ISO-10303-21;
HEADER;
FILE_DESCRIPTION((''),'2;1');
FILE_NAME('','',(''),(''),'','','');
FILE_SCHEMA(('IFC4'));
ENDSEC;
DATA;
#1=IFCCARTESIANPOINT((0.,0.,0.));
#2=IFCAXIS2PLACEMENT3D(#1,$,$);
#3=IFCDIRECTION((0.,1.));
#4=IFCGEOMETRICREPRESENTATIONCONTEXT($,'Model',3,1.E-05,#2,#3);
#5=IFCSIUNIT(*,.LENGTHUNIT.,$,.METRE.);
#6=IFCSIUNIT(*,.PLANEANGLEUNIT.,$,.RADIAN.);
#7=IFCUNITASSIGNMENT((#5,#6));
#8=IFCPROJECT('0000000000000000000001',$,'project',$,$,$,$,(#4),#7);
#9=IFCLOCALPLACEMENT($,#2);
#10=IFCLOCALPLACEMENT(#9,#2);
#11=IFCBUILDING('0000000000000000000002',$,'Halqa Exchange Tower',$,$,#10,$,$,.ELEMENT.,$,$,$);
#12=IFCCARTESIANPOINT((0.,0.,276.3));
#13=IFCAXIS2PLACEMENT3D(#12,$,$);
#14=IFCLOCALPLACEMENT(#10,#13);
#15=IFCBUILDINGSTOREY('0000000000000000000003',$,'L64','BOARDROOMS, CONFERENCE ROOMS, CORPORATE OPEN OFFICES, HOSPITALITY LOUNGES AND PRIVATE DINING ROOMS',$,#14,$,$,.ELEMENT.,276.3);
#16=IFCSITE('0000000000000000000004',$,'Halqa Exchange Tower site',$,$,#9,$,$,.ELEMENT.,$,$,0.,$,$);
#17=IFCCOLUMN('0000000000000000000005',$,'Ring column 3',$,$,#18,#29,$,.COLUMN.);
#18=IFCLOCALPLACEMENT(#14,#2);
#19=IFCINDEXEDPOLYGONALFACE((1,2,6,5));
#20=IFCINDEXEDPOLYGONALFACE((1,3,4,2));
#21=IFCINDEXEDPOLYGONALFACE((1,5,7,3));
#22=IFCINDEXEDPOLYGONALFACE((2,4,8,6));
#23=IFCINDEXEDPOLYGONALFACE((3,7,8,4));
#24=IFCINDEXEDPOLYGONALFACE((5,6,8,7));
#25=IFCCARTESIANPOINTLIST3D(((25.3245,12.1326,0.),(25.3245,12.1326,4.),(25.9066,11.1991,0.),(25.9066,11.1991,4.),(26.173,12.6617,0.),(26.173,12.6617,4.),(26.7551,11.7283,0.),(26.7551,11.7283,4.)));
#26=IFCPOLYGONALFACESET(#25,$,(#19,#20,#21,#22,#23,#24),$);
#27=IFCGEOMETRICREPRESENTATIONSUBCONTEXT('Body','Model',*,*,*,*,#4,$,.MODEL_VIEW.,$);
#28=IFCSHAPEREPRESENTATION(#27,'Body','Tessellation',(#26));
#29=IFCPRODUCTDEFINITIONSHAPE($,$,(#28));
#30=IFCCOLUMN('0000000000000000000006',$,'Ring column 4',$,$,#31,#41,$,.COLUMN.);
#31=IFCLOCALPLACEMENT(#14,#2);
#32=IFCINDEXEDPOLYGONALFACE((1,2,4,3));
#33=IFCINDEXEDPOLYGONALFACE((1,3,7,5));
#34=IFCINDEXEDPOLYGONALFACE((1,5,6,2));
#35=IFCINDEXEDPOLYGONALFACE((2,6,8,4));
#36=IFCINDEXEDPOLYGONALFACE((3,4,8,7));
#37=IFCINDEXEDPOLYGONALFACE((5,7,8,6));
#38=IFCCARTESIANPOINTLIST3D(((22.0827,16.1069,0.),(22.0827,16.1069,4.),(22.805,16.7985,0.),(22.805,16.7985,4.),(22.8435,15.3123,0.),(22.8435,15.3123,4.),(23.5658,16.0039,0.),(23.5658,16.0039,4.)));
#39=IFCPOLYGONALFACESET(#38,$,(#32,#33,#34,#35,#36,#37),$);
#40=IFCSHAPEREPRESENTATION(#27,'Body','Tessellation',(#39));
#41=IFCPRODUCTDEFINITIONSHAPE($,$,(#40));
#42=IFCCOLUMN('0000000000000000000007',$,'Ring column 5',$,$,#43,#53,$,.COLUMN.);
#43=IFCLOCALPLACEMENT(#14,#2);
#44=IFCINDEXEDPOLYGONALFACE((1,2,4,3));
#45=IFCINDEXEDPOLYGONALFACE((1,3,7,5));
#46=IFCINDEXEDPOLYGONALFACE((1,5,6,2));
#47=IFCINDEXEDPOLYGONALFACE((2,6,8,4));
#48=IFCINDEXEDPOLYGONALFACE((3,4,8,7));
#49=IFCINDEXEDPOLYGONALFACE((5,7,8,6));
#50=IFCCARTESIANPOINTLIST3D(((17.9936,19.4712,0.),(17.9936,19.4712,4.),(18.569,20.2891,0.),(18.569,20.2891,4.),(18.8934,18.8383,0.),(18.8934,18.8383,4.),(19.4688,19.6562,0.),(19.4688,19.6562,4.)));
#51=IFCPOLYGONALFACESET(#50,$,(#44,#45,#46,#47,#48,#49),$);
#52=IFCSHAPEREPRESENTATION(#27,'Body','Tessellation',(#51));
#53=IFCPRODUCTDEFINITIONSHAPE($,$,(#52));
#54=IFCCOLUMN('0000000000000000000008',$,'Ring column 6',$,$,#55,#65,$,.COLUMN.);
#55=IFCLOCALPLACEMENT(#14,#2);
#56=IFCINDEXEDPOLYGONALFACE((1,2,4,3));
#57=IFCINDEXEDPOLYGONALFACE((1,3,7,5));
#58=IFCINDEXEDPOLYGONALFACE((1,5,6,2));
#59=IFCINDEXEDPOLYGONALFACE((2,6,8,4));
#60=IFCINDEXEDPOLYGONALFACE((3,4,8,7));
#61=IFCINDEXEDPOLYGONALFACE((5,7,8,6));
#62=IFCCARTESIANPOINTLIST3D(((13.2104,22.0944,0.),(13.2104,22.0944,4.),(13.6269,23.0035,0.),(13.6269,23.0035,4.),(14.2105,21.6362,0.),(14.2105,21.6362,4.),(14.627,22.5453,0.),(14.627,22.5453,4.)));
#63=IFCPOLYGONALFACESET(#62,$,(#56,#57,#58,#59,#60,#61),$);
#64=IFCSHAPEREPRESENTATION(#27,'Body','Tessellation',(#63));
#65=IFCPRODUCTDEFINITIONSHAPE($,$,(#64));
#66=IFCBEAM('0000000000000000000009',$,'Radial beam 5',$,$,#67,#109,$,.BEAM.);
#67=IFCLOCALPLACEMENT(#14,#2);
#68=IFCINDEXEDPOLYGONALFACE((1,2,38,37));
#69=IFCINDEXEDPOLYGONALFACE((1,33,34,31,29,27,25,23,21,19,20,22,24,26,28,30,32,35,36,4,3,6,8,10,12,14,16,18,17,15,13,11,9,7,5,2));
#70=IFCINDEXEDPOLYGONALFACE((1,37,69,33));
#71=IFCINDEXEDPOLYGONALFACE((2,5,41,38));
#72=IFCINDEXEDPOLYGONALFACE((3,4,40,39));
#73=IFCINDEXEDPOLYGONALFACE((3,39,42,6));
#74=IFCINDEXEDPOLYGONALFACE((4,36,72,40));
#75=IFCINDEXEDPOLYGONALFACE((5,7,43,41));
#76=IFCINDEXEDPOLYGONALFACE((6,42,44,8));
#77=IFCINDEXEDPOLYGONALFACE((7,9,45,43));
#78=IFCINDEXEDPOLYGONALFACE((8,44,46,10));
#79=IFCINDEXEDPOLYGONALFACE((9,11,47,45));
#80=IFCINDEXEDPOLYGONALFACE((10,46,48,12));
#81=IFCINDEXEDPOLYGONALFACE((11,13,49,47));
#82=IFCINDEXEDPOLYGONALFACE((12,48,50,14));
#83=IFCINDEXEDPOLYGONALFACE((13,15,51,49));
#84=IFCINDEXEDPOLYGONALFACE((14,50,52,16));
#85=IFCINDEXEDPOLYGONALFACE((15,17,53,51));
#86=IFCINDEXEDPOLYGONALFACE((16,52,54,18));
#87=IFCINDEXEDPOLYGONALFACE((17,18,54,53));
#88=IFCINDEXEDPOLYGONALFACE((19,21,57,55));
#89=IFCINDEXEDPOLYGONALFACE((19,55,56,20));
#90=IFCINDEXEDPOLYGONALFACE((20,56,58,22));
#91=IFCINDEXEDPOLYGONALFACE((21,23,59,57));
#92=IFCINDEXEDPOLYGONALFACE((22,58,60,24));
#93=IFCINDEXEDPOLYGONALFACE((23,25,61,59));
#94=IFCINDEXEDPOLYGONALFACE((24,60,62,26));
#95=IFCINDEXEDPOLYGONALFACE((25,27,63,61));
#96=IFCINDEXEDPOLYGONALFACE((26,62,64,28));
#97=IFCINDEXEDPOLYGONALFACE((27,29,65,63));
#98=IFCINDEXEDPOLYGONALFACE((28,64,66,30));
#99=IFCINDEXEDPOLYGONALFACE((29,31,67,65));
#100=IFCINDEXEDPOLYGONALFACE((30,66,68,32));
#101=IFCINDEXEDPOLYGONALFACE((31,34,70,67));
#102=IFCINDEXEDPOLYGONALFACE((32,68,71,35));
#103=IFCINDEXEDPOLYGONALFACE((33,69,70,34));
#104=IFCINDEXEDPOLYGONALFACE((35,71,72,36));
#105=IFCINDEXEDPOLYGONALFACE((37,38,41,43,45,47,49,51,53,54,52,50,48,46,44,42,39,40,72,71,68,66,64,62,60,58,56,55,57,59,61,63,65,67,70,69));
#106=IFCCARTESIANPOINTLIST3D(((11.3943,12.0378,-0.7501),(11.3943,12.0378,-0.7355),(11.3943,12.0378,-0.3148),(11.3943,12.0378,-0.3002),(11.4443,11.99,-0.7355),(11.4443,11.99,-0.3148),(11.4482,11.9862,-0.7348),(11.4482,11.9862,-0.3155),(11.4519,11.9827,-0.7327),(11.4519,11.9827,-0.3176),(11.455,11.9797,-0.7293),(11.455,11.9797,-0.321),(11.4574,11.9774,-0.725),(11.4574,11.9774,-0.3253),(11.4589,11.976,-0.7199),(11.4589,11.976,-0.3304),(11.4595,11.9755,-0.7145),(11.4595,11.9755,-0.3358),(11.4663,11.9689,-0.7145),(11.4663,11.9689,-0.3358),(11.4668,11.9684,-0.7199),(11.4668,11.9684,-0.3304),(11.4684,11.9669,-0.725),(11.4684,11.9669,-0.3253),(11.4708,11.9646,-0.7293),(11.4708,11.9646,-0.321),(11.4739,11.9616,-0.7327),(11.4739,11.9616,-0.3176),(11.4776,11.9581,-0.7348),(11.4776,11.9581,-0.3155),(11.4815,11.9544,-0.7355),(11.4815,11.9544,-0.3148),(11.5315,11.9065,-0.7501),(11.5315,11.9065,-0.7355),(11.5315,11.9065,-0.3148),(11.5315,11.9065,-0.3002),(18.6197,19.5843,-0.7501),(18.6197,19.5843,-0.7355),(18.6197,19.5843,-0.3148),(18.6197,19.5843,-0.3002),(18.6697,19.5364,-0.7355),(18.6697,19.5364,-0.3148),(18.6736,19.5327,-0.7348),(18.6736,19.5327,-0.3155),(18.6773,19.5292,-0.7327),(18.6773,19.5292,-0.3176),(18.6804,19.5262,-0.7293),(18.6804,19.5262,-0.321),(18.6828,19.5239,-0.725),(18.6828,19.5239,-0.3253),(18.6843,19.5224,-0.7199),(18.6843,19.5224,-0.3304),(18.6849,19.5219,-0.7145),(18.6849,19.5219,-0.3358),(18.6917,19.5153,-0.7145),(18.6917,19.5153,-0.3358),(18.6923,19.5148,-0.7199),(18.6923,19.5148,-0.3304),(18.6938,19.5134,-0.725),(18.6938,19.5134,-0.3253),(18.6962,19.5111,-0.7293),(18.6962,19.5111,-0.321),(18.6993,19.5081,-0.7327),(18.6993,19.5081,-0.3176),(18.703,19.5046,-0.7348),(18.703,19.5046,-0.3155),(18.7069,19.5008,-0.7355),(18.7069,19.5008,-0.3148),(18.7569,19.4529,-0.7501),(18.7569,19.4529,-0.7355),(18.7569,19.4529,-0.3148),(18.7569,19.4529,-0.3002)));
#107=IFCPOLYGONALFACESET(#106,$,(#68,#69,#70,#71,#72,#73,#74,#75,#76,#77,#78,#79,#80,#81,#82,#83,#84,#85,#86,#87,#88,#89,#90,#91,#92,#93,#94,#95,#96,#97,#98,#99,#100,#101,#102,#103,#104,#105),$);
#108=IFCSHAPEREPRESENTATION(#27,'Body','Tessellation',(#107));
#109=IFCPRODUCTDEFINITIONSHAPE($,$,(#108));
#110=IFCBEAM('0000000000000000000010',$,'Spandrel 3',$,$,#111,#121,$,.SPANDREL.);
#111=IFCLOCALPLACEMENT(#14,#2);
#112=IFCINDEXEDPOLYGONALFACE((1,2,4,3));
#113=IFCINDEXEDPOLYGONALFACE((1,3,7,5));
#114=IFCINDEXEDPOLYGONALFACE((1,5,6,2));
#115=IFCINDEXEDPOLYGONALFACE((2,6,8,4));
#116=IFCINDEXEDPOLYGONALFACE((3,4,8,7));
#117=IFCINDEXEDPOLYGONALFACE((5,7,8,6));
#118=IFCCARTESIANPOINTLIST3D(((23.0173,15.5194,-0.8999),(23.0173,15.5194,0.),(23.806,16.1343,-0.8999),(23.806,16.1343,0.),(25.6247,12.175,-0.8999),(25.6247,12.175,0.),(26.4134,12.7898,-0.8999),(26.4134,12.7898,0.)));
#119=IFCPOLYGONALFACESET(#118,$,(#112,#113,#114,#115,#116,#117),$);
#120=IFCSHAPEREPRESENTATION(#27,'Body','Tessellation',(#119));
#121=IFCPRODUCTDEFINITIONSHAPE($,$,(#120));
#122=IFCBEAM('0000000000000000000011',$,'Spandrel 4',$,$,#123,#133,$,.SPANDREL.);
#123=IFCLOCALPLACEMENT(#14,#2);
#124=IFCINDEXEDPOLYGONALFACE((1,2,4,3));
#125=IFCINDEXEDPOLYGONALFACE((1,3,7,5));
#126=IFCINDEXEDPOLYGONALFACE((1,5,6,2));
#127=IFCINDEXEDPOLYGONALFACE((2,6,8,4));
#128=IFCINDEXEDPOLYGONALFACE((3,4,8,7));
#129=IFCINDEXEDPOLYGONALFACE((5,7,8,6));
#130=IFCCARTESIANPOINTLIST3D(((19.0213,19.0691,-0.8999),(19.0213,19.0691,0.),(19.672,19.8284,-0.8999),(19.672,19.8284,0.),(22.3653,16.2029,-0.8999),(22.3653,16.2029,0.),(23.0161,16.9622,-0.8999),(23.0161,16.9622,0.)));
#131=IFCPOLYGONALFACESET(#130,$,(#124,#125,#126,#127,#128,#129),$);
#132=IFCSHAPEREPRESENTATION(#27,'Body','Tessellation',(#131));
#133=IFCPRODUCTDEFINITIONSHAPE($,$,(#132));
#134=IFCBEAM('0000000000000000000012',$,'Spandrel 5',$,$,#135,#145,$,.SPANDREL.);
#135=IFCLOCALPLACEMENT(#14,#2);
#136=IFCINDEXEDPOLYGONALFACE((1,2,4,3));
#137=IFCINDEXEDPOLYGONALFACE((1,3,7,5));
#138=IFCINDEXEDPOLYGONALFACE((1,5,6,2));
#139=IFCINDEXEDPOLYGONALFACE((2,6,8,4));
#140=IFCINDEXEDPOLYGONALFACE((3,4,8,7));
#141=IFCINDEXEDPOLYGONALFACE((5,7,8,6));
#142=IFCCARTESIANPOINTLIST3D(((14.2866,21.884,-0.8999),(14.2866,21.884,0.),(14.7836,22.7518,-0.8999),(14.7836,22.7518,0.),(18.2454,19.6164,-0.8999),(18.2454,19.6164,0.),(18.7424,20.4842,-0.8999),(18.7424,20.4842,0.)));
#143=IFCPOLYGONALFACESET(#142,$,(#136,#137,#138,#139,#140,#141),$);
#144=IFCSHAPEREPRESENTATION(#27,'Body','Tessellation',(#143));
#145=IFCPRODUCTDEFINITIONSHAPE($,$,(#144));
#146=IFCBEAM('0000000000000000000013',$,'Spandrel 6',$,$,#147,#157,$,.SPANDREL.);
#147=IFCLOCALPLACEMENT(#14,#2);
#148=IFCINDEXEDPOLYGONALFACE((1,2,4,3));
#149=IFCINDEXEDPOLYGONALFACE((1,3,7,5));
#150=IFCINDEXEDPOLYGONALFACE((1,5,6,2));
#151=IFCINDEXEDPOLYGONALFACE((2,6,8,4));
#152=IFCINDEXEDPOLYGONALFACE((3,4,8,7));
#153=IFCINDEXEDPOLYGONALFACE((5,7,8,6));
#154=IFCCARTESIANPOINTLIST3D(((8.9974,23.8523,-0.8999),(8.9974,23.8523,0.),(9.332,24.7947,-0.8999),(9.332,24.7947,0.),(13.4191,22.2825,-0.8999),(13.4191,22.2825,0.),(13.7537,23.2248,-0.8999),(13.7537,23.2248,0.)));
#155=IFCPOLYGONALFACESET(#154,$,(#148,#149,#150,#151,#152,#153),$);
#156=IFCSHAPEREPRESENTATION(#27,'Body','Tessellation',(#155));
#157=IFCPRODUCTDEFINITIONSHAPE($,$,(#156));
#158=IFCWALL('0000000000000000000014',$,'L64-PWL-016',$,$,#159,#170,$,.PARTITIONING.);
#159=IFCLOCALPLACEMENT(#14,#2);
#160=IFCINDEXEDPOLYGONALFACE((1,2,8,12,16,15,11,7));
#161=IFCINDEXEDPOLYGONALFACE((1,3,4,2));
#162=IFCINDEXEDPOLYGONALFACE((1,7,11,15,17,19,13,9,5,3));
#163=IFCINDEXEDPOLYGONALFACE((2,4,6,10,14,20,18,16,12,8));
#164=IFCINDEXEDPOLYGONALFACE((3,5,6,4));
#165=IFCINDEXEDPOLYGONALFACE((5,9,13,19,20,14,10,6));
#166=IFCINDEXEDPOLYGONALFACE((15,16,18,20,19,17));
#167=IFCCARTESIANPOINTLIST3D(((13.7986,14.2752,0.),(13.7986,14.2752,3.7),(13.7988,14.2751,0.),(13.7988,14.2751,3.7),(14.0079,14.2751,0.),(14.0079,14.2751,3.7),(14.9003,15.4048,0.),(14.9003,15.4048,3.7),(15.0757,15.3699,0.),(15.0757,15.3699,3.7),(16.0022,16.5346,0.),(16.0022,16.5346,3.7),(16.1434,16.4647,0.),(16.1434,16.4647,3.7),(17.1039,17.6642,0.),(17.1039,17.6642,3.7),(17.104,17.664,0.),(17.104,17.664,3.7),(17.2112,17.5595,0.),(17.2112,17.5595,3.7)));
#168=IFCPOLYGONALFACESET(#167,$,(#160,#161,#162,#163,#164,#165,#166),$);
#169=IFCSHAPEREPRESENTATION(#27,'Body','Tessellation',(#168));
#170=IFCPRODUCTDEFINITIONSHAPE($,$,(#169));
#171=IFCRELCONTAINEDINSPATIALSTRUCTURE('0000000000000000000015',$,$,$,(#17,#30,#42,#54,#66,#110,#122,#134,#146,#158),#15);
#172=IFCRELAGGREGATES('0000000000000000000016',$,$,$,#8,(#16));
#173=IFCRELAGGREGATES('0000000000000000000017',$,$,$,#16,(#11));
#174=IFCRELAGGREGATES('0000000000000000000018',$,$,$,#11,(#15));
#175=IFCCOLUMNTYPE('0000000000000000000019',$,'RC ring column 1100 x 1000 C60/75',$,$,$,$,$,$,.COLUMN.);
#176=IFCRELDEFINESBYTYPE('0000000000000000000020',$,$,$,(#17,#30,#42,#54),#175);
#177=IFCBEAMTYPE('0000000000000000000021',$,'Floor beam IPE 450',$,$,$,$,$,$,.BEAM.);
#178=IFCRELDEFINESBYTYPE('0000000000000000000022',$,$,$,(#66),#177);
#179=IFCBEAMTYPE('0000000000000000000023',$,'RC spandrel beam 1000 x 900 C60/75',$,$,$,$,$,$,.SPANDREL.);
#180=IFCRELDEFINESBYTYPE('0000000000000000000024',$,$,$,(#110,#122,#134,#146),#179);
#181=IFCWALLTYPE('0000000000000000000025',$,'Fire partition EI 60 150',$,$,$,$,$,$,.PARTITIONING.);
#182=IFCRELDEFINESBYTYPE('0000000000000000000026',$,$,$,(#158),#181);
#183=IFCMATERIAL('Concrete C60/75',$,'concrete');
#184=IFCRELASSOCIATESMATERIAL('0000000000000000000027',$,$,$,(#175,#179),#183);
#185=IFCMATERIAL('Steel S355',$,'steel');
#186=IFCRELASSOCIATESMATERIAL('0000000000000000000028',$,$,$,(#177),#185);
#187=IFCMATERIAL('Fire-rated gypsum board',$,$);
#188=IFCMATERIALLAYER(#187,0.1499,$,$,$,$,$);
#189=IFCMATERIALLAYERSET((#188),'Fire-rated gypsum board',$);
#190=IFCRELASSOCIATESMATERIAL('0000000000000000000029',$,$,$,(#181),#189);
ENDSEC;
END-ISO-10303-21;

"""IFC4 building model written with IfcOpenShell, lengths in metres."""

from ifc_helpers import new_model, si_unit, direction, frame, origin, origin_2d, place, context, subcontext, project, spatial, polyline, rectangle, i_section, outline, extrude, material, layer, layer_set, material_profile, profile_set, type_object, element, save


model = new_model("IFC4")

# Units and contexts
model_context = context("Model", 3, precision=1e-05, world=origin(), true_north=direction((0.0, 1.0)))
body_context = subcontext(model_context, "Body", "Model", "MODEL_VIEW")
ifc_project = project(units=[si_unit("LENGTHUNIT", "METRE"), si_unit("PLANEANGLEUNIT", "RADIAN")], contexts=[model_context])

# Site, building, storey
site_placement = place(None, origin())
site = spatial("IfcSite", under=ifc_project, at=site_placement, Name="Halqa Exchange Tower site", CompositionType="ELEMENT", RefElevation=0.0)
building_placement = place(site_placement, origin())
building = spatial("IfcBuilding", under=site, at=building_placement, Name="Halqa Exchange Tower", CompositionType="ELEMENT")
storey_placement = place(building_placement, frame((0.0, 0.0, 276.3)))
storey = spatial("IfcBuildingStorey", under=building, at=storey_placement, Name="L64", Description="BOARDROOMS, CONFERENCE ROOMS, CORPORATE OPEN OFFICES, HOSPITALITY LOUNGES AND PRIVATE DINING ROOMS", CompositionType="ELEMENT", Elevation=276.3)

# Columns
ifc_material_1 = material(Name="Concrete C60/75", Category="concrete")
ifc_material_profile_1 = material_profile(ifc_material_1, rectangle(XDim=1.1001, YDim=1.0, at=origin_2d()), Name="1100 x 1000")
ifc_profile_set_1 = profile_set([ifc_material_profile_1], Name="Concrete C60/75")
column_type = type_object("IfcColumnType", Name="RC ring column 1100 x 1000 C60/75", PredefinedType="COLUMN", material=ifc_profile_set_1)
for number, where, z_axis, x_axis, name in (
    (1, (26.0398, 11.9304, 0.0), (0.0, 0.0, 1.0), (-0.529143, 0.848532, 0.0), "Ring column 3"),
    (2, (22.8242, 16.0554, 0.0), (0.0, 0.0, 1.0), (-0.691577, 0.722302, 0.0), "Ring column 4"),
    (3, (18.7312, 19.5637, 0.0), (0.0, 0.0, 1.0), (-0.817907, 0.575351, 0.0), "Ring column 5"),
    (4, (13.9187, 22.3198, 0.0), (0.0, 0.0, 1.0), (-0.909129, 0.416514, 0.0), "Ring column 6"),
):
    element("IfcColumn", number, at=place(storey_placement, frame(where, z_axis=z_axis, x_axis=x_axis)), inside=storey, type_object=column_type, Name=name, PredefinedType="COLUMN", context=body_context, shape_type="SweptSolid", body=[
        extrude(rectangle(XDim=1.1001, YDim=1.0, at=origin_2d()), origin(), (0.0, 0.0, 1.0), 4.0),
    ])

# Beams
ifc_material_2 = material(Name="Steel S355", Category="steel")
ifc_material_profile_2 = material_profile(ifc_material_2, i_section(OverallWidth=0.1899, OverallDepth=0.45, WebThickness=0.0095, FlangeThickness=0.0146, FilletRadius=0.021, at=origin_2d()), Name="IPE 450")
ifc_profile_set_2 = profile_set([ifc_material_profile_2], Name="Steel S355")
beam_type_1 = type_object("IfcBeamType", Name="Floor beam IPE 450", PredefinedType="BEAM", material=ifc_profile_set_2)
beam_1_placement = place(storey_placement, frame((11.4629, 11.9722, -0.5251), z_axis=(0.691575, 0.722304, 0.0), x_axis=(-0.722304, 0.691575, 0.0)))
element("IfcBeam", 5, at=beam_1_placement, inside=storey, type_object=beam_type_1, Name="Radial beam 5", PredefinedType="BEAM", context=body_context, shape_type="SweptSolid", body=[
    extrude(i_section(OverallWidth=0.1899, OverallDepth=0.45, WebThickness=0.0095, FlangeThickness=0.0146, FilletRadius=0.021, at=origin_2d()), origin(), (0.0, 0.0, 1.0), 10.4478),
])
ifc_material_profile_3 = material_profile(ifc_material_1, rectangle(XDim=1.0, YDim=0.8999, at=origin_2d()), Name="1000 x 900")
ifc_profile_set_3 = profile_set([ifc_material_profile_3], Name="Concrete C60/75")
beam_type_2 = type_object("IfcBeamType", Name="RC spandrel beam 1000 x 900 C60/75", PredefinedType="SPANDREL", material=ifc_profile_set_3)
beam_2_placement = place(storey_placement, frame((26.019, 12.4824, -0.45), z_axis=(-0.614845, 0.788648, 0.0), x_axis=(-0.788648, -0.614845, 0.0)))
element("IfcBeam", 6, at=beam_2_placement, inside=storey, type_object=beam_type_2, Name="Spandrel 3", PredefinedType="SPANDREL", context=body_context, shape_type="SweptSolid", body=[
    extrude(rectangle(XDim=1.0, YDim=0.8999, at=origin_2d()), origin(), (0.0, 0.0, 1.0), 4.2407),
])
beam_3_placement = place(storey_placement, frame((22.6907, 16.5825, -0.45), z_axis=(-0.759264, 0.650782, 0.0), x_axis=(-0.650782, -0.759264, 0.0)))
element("IfcBeam", 7, at=beam_3_placement, inside=storey, type_object=beam_type_2, Name="Spandrel 4", PredefinedType="SPANDREL", context=body_context, shape_type="SweptSolid", body=[
    extrude(rectangle(XDim=1.0, YDim=0.8999, at=origin_2d()), origin(), (0.0, 0.0, 1.0), 4.4043),
])
beam_4_placement = place(storey_placement, frame((18.4939, 20.0503, -0.45), z_axis=(-0.867729, 0.497038, 0.0), x_axis=(-0.497038, -0.867729, 0.0)))
element("IfcBeam", 8, at=beam_4_placement, inside=storey, type_object=beam_type_2, Name="Spandrel 5", PredefinedType="SPANDREL", context=body_context, shape_type="SweptSolid", body=[
    extrude(rectangle(XDim=1.0, YDim=0.8999, at=origin_2d()), origin(), (0.0, 0.0, 1.0), 4.5623),
])
beam_5_placement = place(storey_placement, frame((13.5864, 22.7537, -0.45), z_axis=(-0.94237, 0.334572, 0.0), x_axis=(-0.334572, -0.94237, 0.0)))
element("IfcBeam", 9, at=beam_5_placement, inside=storey, type_object=beam_type_2, Name="Spandrel 6", PredefinedType="SPANDREL", context=body_context, shape_type="SweptSolid", body=[
    extrude(rectangle(XDim=1.0, YDim=0.8999, at=origin_2d()), origin(), (0.0, 0.0, 1.0), 4.6921),
])

# Wall
ifc_material_3 = material(Name="Fire-rated gypsum board")
ifc_layer_1 = layer(ifc_material_3, 0.1499)
ifc_layer_set_1 = layer_set([ifc_layer_1], Name="Fire-rated gypsum board")
wall_type_1 = type_object("IfcWallType", Name="Fire partition EI 60 150", PredefinedType="PARTITIONING", material=ifc_layer_set_1)
wall_1_placement = place(storey_placement, frame((13.8523, 14.2229, 0.0), z_axis=(0.0, 0.0, 1.0), x_axis=(0.698207, 0.715896, 0.0)))
element("IfcWall", 10, at=wall_1_placement, inside=storey, type_object=wall_type_1, Name="L64-PWL-016", PredefinedType="PARTITIONING", context=body_context, shape_type="SweptSolid", body=[
    extrude(outline(polyline([(4.7339, -0.075), (4.7339, 0.0747), (4.7339, 0.075), (3.156, 0.075), (1.5779, 0.075), (0.0, 0.075), (0.0, 0.0747), (0.146, -0.075), (1.6753, -0.075), (3.2046, -0.075), (4.7339, -0.075)])), origin(), (0.0, 0.0, 1.0), 3.7),
])

save(model, "model.ifc")
